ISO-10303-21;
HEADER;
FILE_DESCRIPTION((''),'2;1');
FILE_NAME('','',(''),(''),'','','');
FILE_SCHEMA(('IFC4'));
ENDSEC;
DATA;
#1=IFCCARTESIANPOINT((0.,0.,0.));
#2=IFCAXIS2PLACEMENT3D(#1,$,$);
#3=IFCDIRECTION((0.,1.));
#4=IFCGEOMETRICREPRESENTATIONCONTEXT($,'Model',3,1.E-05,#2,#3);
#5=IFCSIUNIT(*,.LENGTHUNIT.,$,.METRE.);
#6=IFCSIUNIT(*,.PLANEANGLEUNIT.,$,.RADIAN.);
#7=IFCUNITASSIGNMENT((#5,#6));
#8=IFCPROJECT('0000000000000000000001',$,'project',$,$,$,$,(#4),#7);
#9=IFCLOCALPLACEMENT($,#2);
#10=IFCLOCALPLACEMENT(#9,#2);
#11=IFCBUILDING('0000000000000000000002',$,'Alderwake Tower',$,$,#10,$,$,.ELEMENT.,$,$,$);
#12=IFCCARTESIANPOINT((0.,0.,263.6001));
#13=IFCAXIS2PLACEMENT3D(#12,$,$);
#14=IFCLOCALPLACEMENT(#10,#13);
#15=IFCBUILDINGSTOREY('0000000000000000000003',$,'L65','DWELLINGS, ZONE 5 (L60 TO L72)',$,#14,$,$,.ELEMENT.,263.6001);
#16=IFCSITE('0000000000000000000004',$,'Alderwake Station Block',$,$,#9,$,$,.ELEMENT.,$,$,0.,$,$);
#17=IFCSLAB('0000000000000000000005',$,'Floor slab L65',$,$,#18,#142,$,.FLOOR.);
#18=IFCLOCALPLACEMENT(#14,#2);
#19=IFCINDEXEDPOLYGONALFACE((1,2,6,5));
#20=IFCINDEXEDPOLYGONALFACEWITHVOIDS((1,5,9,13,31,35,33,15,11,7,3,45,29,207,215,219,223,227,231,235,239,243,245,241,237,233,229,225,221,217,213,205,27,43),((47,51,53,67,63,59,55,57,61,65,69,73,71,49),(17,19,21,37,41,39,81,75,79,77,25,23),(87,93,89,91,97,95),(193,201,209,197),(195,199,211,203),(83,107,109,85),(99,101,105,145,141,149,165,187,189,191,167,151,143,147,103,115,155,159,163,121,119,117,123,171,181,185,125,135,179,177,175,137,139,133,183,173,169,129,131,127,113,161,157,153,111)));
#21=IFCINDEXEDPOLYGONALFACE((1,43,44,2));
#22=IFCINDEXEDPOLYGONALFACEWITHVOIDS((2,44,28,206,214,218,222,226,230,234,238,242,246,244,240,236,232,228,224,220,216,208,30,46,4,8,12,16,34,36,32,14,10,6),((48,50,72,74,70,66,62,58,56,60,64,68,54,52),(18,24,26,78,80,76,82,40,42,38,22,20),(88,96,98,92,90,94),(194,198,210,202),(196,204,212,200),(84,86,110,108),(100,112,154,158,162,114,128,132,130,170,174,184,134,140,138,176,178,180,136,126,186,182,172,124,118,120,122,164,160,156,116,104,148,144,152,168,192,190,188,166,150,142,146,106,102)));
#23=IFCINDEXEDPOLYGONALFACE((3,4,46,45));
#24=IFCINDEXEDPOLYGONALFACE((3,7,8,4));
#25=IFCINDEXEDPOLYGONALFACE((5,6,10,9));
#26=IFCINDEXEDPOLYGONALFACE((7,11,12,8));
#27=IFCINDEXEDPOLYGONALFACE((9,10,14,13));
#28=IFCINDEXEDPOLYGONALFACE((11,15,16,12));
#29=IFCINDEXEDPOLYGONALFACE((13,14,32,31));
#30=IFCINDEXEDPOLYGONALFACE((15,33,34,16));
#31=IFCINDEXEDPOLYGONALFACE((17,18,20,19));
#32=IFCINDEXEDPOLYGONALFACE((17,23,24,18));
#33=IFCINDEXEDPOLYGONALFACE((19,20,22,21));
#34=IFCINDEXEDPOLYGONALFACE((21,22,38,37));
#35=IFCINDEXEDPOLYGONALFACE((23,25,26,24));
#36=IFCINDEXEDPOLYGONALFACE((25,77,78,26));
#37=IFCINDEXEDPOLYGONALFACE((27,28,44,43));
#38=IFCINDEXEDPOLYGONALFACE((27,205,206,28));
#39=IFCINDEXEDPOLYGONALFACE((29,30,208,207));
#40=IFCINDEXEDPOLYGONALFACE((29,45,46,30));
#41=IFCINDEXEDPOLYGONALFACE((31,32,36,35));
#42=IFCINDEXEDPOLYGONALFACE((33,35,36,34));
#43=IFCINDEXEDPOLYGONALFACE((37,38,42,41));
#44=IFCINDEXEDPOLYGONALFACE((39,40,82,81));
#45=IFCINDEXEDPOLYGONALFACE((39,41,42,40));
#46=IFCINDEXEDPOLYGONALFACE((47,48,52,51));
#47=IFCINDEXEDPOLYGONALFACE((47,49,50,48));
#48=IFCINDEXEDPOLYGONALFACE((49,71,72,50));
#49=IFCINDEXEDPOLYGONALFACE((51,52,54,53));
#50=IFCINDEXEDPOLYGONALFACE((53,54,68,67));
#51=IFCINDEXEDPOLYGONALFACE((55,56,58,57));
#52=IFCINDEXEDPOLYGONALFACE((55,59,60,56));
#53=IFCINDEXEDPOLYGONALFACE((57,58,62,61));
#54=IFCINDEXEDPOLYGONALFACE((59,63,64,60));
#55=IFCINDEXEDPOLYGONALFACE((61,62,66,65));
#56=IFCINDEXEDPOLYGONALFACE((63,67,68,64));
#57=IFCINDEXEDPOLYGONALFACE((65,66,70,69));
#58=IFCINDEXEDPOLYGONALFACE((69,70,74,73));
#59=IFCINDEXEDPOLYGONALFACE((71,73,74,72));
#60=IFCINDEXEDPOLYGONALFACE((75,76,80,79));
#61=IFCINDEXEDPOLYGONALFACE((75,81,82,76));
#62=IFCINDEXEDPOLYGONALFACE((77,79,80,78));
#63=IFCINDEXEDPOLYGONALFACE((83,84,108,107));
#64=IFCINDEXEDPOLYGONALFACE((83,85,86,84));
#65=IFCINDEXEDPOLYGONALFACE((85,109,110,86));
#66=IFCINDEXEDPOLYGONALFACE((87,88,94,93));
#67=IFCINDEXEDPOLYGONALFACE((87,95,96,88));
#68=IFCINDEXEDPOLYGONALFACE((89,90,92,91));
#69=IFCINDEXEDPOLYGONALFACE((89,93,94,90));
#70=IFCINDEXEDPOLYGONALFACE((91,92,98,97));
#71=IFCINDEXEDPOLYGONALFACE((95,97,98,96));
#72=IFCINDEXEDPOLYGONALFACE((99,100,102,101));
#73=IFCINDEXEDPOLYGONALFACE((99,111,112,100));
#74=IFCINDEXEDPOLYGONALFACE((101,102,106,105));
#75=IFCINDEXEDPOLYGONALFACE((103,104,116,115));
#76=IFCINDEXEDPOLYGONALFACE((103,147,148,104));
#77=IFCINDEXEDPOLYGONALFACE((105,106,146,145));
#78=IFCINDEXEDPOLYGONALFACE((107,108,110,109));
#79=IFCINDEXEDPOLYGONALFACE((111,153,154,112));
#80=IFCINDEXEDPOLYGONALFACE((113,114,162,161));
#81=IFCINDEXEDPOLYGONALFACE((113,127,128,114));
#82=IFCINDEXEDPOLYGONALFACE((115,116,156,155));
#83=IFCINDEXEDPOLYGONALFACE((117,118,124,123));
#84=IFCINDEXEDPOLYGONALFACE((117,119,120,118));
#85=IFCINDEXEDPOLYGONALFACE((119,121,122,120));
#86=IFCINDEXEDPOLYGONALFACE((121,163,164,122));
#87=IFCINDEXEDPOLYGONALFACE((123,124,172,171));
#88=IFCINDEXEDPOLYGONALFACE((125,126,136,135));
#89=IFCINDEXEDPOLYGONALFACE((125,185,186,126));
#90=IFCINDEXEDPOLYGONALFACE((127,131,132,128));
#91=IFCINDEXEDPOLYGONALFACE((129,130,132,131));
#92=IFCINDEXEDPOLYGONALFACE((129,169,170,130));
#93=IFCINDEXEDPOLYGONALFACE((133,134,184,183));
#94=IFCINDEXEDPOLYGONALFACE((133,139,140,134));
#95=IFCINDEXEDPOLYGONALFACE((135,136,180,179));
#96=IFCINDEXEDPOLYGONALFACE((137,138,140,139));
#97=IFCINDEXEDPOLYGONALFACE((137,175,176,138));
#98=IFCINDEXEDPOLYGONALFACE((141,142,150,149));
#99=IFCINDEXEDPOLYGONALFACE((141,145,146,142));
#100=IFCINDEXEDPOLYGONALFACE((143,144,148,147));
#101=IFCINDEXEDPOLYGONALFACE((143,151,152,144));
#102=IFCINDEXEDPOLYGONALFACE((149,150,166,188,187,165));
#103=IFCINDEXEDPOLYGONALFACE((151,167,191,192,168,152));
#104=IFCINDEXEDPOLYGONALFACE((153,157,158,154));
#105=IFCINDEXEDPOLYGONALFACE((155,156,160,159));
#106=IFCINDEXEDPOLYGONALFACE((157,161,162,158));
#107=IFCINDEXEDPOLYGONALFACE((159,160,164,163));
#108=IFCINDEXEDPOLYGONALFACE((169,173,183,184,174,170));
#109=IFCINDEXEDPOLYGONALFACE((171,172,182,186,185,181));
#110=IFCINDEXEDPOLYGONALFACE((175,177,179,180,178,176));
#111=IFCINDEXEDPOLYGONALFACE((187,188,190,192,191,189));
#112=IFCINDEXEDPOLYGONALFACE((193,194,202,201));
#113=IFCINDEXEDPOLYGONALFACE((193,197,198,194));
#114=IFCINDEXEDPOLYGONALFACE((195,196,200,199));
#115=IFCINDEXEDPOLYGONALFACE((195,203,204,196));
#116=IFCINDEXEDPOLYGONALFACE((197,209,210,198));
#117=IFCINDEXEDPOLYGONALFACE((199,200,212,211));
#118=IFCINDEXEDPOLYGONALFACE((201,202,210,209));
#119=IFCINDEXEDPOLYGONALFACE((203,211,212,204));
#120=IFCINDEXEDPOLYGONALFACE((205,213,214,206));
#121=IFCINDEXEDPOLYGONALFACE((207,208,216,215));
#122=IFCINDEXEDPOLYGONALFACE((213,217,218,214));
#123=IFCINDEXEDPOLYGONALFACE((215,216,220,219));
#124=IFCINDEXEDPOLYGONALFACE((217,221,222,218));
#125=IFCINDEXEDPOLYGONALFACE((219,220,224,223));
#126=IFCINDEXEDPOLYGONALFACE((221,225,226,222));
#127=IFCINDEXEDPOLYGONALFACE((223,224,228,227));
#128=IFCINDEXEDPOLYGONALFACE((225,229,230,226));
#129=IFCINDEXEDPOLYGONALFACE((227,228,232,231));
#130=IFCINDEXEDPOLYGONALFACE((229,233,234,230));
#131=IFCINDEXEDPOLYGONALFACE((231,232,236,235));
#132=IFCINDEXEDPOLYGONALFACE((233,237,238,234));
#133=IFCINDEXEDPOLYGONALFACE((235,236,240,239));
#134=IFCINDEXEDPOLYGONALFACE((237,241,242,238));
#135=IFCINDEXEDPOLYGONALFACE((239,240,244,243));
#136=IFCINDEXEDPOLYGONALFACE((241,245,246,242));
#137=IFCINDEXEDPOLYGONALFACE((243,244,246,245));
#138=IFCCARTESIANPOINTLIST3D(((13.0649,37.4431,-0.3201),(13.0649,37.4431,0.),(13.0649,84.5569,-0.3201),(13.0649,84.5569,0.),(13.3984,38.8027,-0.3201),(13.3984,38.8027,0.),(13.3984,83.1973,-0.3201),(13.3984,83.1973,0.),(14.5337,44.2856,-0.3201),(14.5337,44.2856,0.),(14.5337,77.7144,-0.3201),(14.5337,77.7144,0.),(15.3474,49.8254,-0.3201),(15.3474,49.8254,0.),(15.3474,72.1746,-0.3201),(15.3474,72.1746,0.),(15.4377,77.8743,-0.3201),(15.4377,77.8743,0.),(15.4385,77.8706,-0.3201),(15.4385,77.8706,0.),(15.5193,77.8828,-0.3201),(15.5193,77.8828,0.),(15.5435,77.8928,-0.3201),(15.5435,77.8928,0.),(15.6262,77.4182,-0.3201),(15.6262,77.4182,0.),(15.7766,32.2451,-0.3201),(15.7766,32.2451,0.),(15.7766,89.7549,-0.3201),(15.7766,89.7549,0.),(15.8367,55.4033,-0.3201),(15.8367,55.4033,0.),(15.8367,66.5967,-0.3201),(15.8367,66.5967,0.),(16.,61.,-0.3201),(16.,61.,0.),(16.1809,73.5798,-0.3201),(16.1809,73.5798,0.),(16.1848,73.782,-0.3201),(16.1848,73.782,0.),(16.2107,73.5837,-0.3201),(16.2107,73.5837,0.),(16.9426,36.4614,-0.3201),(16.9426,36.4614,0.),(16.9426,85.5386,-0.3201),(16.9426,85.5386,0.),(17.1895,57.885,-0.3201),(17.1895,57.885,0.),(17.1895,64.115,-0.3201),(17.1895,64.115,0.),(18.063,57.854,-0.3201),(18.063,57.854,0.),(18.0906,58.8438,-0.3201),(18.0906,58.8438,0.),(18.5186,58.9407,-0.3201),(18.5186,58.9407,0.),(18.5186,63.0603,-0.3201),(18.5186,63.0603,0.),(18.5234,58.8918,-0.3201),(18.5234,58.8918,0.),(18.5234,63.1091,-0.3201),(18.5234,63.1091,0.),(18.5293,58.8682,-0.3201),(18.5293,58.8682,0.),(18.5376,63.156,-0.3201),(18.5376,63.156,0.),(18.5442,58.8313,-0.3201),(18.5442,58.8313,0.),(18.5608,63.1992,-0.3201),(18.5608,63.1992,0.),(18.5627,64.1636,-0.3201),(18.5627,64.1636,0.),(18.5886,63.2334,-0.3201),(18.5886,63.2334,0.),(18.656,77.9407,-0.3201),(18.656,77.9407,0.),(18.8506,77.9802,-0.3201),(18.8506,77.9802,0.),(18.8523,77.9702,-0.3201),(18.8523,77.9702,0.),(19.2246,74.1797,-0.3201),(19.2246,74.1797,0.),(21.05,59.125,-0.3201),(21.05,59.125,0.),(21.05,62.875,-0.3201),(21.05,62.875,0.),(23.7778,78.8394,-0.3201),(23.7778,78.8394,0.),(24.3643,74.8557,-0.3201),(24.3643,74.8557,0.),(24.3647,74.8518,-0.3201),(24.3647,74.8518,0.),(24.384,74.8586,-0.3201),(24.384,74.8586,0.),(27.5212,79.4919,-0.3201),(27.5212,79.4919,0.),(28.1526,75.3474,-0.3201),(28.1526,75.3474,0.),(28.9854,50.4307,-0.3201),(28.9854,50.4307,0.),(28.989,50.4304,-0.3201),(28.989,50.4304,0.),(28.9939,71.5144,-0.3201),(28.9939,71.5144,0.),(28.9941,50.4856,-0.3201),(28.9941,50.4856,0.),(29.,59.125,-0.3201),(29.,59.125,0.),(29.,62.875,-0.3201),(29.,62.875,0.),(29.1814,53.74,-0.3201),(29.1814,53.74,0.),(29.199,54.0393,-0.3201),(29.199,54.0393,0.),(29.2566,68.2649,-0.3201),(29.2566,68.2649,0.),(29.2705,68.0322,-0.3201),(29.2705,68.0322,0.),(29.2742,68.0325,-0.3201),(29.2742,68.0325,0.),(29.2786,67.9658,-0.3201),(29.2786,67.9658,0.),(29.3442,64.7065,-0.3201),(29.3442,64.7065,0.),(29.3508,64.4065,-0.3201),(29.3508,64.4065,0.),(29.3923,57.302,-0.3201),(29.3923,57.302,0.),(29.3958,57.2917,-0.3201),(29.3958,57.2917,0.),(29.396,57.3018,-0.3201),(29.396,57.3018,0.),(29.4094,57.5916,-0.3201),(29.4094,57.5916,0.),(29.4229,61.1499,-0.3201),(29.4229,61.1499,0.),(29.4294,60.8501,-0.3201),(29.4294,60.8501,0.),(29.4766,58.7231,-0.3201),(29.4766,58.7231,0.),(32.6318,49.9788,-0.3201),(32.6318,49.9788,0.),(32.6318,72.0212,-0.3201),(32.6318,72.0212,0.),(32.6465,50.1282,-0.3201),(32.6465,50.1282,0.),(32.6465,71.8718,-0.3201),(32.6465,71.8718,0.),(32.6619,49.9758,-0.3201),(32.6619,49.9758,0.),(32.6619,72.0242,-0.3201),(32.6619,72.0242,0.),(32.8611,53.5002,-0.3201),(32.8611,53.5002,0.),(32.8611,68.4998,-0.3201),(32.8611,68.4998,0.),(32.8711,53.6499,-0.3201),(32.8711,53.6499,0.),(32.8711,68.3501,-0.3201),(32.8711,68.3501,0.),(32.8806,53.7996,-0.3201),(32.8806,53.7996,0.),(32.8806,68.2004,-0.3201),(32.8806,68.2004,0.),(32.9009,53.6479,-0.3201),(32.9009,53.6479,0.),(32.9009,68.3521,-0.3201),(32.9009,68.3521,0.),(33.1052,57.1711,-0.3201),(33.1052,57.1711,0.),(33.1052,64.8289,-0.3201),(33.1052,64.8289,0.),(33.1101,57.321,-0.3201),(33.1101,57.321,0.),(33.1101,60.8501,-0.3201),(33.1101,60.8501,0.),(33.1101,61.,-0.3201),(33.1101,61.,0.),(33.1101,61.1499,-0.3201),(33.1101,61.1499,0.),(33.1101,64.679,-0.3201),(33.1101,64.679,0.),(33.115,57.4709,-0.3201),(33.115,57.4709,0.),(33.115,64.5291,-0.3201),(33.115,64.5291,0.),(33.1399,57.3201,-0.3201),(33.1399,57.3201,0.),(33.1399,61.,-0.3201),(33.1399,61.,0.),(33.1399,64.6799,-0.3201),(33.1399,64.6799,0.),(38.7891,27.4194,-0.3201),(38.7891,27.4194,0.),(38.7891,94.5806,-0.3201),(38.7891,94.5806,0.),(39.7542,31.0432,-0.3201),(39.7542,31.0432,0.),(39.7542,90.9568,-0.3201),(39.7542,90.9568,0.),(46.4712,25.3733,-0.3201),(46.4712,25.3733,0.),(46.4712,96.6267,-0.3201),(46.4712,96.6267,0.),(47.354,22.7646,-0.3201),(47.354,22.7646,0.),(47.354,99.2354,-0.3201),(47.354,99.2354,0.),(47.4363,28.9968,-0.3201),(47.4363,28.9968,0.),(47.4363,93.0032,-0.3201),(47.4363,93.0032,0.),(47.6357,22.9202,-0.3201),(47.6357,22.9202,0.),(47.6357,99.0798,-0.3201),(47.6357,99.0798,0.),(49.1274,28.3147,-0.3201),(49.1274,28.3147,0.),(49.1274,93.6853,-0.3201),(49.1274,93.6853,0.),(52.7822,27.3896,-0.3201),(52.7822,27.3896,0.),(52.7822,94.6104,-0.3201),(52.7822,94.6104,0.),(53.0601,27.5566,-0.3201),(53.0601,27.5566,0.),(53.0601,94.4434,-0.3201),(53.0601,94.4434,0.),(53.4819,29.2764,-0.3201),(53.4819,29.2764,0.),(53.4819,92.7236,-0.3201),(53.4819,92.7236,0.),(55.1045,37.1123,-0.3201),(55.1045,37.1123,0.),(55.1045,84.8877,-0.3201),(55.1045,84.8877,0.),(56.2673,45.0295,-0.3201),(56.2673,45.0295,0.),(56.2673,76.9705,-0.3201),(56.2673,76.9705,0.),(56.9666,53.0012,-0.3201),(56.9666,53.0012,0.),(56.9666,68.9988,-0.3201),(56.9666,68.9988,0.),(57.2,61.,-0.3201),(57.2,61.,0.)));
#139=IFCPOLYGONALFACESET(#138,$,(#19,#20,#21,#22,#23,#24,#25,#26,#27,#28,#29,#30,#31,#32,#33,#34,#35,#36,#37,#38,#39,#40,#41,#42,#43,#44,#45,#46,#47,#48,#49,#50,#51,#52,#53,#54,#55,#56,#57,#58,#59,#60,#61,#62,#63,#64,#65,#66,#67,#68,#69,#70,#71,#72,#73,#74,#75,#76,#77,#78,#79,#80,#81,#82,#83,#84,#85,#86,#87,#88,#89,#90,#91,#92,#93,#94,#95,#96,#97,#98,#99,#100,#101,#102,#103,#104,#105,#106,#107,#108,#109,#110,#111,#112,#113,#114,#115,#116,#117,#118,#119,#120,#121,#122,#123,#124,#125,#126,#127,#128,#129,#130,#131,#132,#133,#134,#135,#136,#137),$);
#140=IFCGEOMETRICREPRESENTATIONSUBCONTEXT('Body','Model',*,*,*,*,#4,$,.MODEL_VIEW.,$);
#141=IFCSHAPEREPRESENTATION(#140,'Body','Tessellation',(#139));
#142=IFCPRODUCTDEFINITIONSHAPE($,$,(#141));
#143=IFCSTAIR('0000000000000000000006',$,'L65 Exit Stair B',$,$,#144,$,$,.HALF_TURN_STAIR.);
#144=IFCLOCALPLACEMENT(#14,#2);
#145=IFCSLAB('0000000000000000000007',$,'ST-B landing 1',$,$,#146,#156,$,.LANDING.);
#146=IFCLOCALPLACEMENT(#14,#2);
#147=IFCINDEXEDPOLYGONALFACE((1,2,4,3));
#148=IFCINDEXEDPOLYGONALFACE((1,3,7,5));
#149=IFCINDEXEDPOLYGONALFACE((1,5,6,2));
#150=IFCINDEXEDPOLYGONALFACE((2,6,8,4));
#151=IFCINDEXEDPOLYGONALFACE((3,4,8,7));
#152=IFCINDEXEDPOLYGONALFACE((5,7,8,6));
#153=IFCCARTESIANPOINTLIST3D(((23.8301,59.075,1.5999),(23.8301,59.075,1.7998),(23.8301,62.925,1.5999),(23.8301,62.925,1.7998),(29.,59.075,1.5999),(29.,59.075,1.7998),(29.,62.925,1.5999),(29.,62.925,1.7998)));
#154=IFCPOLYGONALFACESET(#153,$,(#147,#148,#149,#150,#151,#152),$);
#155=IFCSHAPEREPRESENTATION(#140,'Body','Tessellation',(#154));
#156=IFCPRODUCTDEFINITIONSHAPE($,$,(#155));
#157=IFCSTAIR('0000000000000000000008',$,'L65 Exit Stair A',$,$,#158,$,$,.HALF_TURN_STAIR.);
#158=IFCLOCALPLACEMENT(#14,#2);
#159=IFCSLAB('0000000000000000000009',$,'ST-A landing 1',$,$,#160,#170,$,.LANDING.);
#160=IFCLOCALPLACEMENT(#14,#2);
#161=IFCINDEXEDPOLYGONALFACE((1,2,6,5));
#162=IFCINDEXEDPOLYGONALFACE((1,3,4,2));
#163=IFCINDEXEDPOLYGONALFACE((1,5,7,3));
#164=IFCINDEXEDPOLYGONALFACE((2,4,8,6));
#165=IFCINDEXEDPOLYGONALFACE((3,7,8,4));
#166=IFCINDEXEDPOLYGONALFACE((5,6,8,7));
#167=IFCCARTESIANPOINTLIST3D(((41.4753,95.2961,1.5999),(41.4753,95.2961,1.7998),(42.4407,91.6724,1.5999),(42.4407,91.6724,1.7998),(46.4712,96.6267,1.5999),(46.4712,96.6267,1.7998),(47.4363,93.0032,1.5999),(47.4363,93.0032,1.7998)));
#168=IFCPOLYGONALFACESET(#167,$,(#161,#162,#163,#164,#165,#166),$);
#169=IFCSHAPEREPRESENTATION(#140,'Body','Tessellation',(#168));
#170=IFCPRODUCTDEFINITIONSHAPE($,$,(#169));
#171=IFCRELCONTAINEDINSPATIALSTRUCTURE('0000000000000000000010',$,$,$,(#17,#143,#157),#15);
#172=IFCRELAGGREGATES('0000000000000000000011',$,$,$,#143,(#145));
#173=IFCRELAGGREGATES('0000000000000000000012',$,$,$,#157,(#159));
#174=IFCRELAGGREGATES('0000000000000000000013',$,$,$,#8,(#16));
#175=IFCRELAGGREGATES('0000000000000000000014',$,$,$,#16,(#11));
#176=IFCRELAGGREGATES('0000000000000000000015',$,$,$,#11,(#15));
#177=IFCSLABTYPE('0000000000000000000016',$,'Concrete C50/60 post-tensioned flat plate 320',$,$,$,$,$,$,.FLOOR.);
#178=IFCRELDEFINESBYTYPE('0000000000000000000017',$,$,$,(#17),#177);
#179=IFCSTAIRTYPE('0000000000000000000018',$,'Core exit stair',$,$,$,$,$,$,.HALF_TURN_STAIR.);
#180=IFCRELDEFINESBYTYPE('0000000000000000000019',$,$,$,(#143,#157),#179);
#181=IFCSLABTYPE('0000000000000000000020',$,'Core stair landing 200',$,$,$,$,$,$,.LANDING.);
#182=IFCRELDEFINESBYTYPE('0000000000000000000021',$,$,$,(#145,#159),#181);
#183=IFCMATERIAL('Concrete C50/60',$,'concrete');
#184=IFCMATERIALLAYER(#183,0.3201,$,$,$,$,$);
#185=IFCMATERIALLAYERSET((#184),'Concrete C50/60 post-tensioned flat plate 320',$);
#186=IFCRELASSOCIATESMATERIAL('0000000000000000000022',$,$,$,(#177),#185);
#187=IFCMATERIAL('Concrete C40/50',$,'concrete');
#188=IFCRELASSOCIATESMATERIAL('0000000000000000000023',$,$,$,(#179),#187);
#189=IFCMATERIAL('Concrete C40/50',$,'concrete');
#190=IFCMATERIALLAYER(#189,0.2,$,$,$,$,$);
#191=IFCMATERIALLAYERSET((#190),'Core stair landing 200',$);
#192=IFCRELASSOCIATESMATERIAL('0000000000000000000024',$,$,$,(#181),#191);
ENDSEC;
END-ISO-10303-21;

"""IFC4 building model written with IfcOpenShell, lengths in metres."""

from ifc_helpers import new_model, si_unit, direction, frame, origin, place, context, subcontext, project, spatial, polyline, outline, extrude, material, layer, layer_set, type_object, element, aggregate, save


model = new_model("IFC4")

# Units and contexts
model_context = context("Model", 3, precision=1e-05, world=origin(), true_north=direction((0.0, 1.0)))
body_context = subcontext(model_context, "Body", "Model", "MODEL_VIEW")
ifc_project = project(units=[si_unit("LENGTHUNIT", "METRE"), si_unit("PLANEANGLEUNIT", "RADIAN")], contexts=[model_context])

# Site, building, storey
site_placement = place(None, origin())
site = spatial("IfcSite", under=ifc_project, at=site_placement, Name="Alderwake Station Block", CompositionType="ELEMENT", RefElevation=0.0)
building_placement = place(site_placement, origin())
building = spatial("IfcBuilding", under=site, at=building_placement, Name="Alderwake Tower", CompositionType="ELEMENT")
storey_placement = place(building_placement, frame((0.0, 0.0, 263.6001)))
storey = spatial("IfcBuildingStorey", under=building, at=storey_placement, Name="L65", Description="DWELLINGS, ZONE 5 (L60 TO L72)", CompositionType="ELEMENT", Elevation=263.6001)

# Slab
ifc_material_1 = material(Name="Concrete C50/60", Category="concrete")
ifc_layer_1 = layer(ifc_material_1, 0.3201)
ifc_layer_set_1 = layer_set([ifc_layer_1], Name="Concrete C50/60 post-tensioned flat plate 320")
slab_type_1 = type_object("IfcSlabType", Name="Concrete C50/60 post-tensioned flat plate 320", PredefinedType="FLOOR", material=ifc_layer_set_1)
slab_1_placement = place(storey_placement, frame((0.0, 0.0, -0.3201)))
element("IfcSlab", 1, at=slab_1_placement, inside=storey, type_object=slab_type_1, Name="Floor slab L65", PredefinedType="FLOOR", context=body_context, shape_type="SweptSolid", body=[
    extrude(outline(polyline([(13.0649, 37.4431), (13.3984, 38.8027), (14.5337, 44.2856), (15.3474, 49.8254), (15.8367, 55.4033), (16.0, 61.0), (15.8367, 66.5967), (15.3474, 72.1746), (14.5337, 77.7144), (13.3984, 83.1973), (13.0649, 84.5569), (16.9426, 85.5386), (15.7766, 89.7549), (47.354, 99.2354), (47.6357, 99.0798), (49.1274, 93.6853), (52.7822, 94.6104), (53.0601, 94.4434), (53.4819, 92.7236), (55.1045, 84.8877), (56.2673, 76.9705), (56.9666, 68.9988), (57.2, 61.0), (56.9666, 53.0012), (56.2673, 45.0295), (55.1045, 37.1123), (53.4819, 29.2764), (53.0601, 27.5566), (52.7822, 27.3896), (49.1274, 28.3147), (47.6357, 22.9202), (47.354, 22.7646), (15.7766, 32.2451), (16.9426, 36.4614), (13.0649, 37.4431)]), holes=[polyline([(28.9854, 50.4307), (28.989, 50.4304), (28.9941, 50.4856), (32.6465, 50.1282), (32.6318, 49.9788), (32.6619, 49.9758), (32.9009, 53.6479), (33.1399, 57.3201), (33.1399, 61.0), (33.1399, 64.6799), (32.9009, 68.3521), (32.6619, 72.0242), (32.6318, 72.0212), (32.6465, 71.8718), (28.9939, 71.5144), (29.2566, 68.2649), (32.8611, 68.4998), (32.8711, 68.3501), (32.8806, 68.2004), (29.2786, 67.9658), (29.2742, 68.0325), (29.2705, 68.0322), (29.3442, 64.7065), (33.1052, 64.8289), (33.1101, 64.679), (33.115, 64.5291), (29.3508, 64.4065), (29.4229, 61.1499), (33.1101, 61.1499), (33.1101, 61.0), (33.1101, 60.8501), (29.4294, 60.8501), (29.4766, 58.7231), (29.4094, 57.5916), (33.115, 57.4709), (33.1101, 57.321), (33.1052, 57.1711), (29.3958, 57.2917), (29.396, 57.3018), (29.3923, 57.302), (29.199, 54.0393), (32.8806, 53.7996), (32.8711, 53.6499), (32.8611, 53.5002), (29.1814, 53.74), (28.9854, 50.4307)]), polyline([(21.05, 62.875), (21.05, 59.125), (29.0, 59.125), (29.0, 62.875), (21.05, 62.875)]), polyline([(15.5435, 77.8928), (15.4377, 77.8743), (15.4385, 77.8706), (15.5193, 77.8828), (16.1809, 73.5798), (16.2107, 73.5837), (16.1848, 73.782), (19.2246, 74.1797), (18.656, 77.9407), (18.8523, 77.9702), (18.8506, 77.9802), (15.6262, 77.4182), (15.5435, 77.8928)]), polyline([(27.5212, 79.4919), (23.7778, 78.8394), (24.384, 74.8586), (24.3643, 74.8557), (24.3647, 74.8518), (28.1526, 75.3474), (27.5212, 79.4919)]), polyline([(47.4363, 28.9968), (39.7542, 31.0432), (38.7891, 27.4194), (46.4712, 25.3733), (47.4363, 28.9968)]), polyline([(46.4712, 96.6267), (38.7891, 94.5806), (39.7542, 90.9568), (47.4363, 93.0032), (46.4712, 96.6267)]), polyline([(17.1895, 64.115), (17.1895, 57.885), (18.063, 57.854), (18.0906, 58.8438), (18.5442, 58.8313), (18.5293, 58.8682), (18.5234, 58.8918), (18.5186, 58.9407), (18.5186, 63.0603), (18.5234, 63.1091), (18.5376, 63.156), (18.5608, 63.1992), (18.5886, 63.2334), (18.5627, 64.1636), (17.1895, 64.115)])]), origin(), (0.0, 0.0, 1.0), 0.3201),
])

# Stairs, slabs
ifc_material_2 = material(Name="Concrete C40/50", Category="concrete")
stair_type = type_object("IfcStairType", Name="Core exit stair", PredefinedType="HALF_TURN_STAIR", material=ifc_material_2)
stair_1_placement = place(storey_placement, origin())
stair_1 = element("IfcStair", 2, at=stair_1_placement, inside=storey, type_object=stair_type, Name="L65 Exit Stair B", PredefinedType="HALF_TURN_STAIR")
ifc_material_3 = material(Name="Concrete C40/50", Category="concrete")
ifc_layer_2 = layer(ifc_material_3, 0.2)
ifc_layer_set_2 = layer_set([ifc_layer_2], Name="Core stair landing 200")
slab_type_2 = type_object("IfcSlabType", Name="Core stair landing 200", PredefinedType="LANDING", material=ifc_layer_set_2)
slab_2_placement = place(storey_placement, frame((0.0, 0.0, 1.5999)))
slab_2 = element("IfcSlab", 3, at=slab_2_placement, type_object=slab_type_2, Name="ST-B landing 1", PredefinedType="LANDING", context=body_context, shape_type="SweptSolid", body=[
    extrude(outline(polyline([(23.8301, 59.075), (29.0, 59.075), (29.0, 62.925), (23.8301, 62.925), (23.8301, 59.075)])), origin(), (0.0, 0.0, 1.0), 0.2),
])
aggregate(stair_1, [slab_2])
stair_2_placement = place(storey_placement, origin())
stair_2 = element("IfcStair", 4, at=stair_2_placement, inside=storey, type_object=stair_type, Name="L65 Exit Stair A", PredefinedType="HALF_TURN_STAIR")
slab_3_placement = place(storey_placement, frame((0.0, 0.0, 1.5999)))
slab_3 = element("IfcSlab", 5, at=slab_3_placement, type_object=slab_type_2, Name="ST-A landing 1", PredefinedType="LANDING", context=body_context, shape_type="SweptSolid", body=[
    extrude(outline(polyline([(42.4407, 91.6724), (47.4363, 93.0032), (46.4712, 96.6267), (41.4753, 95.2961), (42.4407, 91.6724)])), origin(), (0.0, 0.0, 1.0), 0.2),
])
aggregate(stair_2, [slab_3])

save(model, "model.ifc")
